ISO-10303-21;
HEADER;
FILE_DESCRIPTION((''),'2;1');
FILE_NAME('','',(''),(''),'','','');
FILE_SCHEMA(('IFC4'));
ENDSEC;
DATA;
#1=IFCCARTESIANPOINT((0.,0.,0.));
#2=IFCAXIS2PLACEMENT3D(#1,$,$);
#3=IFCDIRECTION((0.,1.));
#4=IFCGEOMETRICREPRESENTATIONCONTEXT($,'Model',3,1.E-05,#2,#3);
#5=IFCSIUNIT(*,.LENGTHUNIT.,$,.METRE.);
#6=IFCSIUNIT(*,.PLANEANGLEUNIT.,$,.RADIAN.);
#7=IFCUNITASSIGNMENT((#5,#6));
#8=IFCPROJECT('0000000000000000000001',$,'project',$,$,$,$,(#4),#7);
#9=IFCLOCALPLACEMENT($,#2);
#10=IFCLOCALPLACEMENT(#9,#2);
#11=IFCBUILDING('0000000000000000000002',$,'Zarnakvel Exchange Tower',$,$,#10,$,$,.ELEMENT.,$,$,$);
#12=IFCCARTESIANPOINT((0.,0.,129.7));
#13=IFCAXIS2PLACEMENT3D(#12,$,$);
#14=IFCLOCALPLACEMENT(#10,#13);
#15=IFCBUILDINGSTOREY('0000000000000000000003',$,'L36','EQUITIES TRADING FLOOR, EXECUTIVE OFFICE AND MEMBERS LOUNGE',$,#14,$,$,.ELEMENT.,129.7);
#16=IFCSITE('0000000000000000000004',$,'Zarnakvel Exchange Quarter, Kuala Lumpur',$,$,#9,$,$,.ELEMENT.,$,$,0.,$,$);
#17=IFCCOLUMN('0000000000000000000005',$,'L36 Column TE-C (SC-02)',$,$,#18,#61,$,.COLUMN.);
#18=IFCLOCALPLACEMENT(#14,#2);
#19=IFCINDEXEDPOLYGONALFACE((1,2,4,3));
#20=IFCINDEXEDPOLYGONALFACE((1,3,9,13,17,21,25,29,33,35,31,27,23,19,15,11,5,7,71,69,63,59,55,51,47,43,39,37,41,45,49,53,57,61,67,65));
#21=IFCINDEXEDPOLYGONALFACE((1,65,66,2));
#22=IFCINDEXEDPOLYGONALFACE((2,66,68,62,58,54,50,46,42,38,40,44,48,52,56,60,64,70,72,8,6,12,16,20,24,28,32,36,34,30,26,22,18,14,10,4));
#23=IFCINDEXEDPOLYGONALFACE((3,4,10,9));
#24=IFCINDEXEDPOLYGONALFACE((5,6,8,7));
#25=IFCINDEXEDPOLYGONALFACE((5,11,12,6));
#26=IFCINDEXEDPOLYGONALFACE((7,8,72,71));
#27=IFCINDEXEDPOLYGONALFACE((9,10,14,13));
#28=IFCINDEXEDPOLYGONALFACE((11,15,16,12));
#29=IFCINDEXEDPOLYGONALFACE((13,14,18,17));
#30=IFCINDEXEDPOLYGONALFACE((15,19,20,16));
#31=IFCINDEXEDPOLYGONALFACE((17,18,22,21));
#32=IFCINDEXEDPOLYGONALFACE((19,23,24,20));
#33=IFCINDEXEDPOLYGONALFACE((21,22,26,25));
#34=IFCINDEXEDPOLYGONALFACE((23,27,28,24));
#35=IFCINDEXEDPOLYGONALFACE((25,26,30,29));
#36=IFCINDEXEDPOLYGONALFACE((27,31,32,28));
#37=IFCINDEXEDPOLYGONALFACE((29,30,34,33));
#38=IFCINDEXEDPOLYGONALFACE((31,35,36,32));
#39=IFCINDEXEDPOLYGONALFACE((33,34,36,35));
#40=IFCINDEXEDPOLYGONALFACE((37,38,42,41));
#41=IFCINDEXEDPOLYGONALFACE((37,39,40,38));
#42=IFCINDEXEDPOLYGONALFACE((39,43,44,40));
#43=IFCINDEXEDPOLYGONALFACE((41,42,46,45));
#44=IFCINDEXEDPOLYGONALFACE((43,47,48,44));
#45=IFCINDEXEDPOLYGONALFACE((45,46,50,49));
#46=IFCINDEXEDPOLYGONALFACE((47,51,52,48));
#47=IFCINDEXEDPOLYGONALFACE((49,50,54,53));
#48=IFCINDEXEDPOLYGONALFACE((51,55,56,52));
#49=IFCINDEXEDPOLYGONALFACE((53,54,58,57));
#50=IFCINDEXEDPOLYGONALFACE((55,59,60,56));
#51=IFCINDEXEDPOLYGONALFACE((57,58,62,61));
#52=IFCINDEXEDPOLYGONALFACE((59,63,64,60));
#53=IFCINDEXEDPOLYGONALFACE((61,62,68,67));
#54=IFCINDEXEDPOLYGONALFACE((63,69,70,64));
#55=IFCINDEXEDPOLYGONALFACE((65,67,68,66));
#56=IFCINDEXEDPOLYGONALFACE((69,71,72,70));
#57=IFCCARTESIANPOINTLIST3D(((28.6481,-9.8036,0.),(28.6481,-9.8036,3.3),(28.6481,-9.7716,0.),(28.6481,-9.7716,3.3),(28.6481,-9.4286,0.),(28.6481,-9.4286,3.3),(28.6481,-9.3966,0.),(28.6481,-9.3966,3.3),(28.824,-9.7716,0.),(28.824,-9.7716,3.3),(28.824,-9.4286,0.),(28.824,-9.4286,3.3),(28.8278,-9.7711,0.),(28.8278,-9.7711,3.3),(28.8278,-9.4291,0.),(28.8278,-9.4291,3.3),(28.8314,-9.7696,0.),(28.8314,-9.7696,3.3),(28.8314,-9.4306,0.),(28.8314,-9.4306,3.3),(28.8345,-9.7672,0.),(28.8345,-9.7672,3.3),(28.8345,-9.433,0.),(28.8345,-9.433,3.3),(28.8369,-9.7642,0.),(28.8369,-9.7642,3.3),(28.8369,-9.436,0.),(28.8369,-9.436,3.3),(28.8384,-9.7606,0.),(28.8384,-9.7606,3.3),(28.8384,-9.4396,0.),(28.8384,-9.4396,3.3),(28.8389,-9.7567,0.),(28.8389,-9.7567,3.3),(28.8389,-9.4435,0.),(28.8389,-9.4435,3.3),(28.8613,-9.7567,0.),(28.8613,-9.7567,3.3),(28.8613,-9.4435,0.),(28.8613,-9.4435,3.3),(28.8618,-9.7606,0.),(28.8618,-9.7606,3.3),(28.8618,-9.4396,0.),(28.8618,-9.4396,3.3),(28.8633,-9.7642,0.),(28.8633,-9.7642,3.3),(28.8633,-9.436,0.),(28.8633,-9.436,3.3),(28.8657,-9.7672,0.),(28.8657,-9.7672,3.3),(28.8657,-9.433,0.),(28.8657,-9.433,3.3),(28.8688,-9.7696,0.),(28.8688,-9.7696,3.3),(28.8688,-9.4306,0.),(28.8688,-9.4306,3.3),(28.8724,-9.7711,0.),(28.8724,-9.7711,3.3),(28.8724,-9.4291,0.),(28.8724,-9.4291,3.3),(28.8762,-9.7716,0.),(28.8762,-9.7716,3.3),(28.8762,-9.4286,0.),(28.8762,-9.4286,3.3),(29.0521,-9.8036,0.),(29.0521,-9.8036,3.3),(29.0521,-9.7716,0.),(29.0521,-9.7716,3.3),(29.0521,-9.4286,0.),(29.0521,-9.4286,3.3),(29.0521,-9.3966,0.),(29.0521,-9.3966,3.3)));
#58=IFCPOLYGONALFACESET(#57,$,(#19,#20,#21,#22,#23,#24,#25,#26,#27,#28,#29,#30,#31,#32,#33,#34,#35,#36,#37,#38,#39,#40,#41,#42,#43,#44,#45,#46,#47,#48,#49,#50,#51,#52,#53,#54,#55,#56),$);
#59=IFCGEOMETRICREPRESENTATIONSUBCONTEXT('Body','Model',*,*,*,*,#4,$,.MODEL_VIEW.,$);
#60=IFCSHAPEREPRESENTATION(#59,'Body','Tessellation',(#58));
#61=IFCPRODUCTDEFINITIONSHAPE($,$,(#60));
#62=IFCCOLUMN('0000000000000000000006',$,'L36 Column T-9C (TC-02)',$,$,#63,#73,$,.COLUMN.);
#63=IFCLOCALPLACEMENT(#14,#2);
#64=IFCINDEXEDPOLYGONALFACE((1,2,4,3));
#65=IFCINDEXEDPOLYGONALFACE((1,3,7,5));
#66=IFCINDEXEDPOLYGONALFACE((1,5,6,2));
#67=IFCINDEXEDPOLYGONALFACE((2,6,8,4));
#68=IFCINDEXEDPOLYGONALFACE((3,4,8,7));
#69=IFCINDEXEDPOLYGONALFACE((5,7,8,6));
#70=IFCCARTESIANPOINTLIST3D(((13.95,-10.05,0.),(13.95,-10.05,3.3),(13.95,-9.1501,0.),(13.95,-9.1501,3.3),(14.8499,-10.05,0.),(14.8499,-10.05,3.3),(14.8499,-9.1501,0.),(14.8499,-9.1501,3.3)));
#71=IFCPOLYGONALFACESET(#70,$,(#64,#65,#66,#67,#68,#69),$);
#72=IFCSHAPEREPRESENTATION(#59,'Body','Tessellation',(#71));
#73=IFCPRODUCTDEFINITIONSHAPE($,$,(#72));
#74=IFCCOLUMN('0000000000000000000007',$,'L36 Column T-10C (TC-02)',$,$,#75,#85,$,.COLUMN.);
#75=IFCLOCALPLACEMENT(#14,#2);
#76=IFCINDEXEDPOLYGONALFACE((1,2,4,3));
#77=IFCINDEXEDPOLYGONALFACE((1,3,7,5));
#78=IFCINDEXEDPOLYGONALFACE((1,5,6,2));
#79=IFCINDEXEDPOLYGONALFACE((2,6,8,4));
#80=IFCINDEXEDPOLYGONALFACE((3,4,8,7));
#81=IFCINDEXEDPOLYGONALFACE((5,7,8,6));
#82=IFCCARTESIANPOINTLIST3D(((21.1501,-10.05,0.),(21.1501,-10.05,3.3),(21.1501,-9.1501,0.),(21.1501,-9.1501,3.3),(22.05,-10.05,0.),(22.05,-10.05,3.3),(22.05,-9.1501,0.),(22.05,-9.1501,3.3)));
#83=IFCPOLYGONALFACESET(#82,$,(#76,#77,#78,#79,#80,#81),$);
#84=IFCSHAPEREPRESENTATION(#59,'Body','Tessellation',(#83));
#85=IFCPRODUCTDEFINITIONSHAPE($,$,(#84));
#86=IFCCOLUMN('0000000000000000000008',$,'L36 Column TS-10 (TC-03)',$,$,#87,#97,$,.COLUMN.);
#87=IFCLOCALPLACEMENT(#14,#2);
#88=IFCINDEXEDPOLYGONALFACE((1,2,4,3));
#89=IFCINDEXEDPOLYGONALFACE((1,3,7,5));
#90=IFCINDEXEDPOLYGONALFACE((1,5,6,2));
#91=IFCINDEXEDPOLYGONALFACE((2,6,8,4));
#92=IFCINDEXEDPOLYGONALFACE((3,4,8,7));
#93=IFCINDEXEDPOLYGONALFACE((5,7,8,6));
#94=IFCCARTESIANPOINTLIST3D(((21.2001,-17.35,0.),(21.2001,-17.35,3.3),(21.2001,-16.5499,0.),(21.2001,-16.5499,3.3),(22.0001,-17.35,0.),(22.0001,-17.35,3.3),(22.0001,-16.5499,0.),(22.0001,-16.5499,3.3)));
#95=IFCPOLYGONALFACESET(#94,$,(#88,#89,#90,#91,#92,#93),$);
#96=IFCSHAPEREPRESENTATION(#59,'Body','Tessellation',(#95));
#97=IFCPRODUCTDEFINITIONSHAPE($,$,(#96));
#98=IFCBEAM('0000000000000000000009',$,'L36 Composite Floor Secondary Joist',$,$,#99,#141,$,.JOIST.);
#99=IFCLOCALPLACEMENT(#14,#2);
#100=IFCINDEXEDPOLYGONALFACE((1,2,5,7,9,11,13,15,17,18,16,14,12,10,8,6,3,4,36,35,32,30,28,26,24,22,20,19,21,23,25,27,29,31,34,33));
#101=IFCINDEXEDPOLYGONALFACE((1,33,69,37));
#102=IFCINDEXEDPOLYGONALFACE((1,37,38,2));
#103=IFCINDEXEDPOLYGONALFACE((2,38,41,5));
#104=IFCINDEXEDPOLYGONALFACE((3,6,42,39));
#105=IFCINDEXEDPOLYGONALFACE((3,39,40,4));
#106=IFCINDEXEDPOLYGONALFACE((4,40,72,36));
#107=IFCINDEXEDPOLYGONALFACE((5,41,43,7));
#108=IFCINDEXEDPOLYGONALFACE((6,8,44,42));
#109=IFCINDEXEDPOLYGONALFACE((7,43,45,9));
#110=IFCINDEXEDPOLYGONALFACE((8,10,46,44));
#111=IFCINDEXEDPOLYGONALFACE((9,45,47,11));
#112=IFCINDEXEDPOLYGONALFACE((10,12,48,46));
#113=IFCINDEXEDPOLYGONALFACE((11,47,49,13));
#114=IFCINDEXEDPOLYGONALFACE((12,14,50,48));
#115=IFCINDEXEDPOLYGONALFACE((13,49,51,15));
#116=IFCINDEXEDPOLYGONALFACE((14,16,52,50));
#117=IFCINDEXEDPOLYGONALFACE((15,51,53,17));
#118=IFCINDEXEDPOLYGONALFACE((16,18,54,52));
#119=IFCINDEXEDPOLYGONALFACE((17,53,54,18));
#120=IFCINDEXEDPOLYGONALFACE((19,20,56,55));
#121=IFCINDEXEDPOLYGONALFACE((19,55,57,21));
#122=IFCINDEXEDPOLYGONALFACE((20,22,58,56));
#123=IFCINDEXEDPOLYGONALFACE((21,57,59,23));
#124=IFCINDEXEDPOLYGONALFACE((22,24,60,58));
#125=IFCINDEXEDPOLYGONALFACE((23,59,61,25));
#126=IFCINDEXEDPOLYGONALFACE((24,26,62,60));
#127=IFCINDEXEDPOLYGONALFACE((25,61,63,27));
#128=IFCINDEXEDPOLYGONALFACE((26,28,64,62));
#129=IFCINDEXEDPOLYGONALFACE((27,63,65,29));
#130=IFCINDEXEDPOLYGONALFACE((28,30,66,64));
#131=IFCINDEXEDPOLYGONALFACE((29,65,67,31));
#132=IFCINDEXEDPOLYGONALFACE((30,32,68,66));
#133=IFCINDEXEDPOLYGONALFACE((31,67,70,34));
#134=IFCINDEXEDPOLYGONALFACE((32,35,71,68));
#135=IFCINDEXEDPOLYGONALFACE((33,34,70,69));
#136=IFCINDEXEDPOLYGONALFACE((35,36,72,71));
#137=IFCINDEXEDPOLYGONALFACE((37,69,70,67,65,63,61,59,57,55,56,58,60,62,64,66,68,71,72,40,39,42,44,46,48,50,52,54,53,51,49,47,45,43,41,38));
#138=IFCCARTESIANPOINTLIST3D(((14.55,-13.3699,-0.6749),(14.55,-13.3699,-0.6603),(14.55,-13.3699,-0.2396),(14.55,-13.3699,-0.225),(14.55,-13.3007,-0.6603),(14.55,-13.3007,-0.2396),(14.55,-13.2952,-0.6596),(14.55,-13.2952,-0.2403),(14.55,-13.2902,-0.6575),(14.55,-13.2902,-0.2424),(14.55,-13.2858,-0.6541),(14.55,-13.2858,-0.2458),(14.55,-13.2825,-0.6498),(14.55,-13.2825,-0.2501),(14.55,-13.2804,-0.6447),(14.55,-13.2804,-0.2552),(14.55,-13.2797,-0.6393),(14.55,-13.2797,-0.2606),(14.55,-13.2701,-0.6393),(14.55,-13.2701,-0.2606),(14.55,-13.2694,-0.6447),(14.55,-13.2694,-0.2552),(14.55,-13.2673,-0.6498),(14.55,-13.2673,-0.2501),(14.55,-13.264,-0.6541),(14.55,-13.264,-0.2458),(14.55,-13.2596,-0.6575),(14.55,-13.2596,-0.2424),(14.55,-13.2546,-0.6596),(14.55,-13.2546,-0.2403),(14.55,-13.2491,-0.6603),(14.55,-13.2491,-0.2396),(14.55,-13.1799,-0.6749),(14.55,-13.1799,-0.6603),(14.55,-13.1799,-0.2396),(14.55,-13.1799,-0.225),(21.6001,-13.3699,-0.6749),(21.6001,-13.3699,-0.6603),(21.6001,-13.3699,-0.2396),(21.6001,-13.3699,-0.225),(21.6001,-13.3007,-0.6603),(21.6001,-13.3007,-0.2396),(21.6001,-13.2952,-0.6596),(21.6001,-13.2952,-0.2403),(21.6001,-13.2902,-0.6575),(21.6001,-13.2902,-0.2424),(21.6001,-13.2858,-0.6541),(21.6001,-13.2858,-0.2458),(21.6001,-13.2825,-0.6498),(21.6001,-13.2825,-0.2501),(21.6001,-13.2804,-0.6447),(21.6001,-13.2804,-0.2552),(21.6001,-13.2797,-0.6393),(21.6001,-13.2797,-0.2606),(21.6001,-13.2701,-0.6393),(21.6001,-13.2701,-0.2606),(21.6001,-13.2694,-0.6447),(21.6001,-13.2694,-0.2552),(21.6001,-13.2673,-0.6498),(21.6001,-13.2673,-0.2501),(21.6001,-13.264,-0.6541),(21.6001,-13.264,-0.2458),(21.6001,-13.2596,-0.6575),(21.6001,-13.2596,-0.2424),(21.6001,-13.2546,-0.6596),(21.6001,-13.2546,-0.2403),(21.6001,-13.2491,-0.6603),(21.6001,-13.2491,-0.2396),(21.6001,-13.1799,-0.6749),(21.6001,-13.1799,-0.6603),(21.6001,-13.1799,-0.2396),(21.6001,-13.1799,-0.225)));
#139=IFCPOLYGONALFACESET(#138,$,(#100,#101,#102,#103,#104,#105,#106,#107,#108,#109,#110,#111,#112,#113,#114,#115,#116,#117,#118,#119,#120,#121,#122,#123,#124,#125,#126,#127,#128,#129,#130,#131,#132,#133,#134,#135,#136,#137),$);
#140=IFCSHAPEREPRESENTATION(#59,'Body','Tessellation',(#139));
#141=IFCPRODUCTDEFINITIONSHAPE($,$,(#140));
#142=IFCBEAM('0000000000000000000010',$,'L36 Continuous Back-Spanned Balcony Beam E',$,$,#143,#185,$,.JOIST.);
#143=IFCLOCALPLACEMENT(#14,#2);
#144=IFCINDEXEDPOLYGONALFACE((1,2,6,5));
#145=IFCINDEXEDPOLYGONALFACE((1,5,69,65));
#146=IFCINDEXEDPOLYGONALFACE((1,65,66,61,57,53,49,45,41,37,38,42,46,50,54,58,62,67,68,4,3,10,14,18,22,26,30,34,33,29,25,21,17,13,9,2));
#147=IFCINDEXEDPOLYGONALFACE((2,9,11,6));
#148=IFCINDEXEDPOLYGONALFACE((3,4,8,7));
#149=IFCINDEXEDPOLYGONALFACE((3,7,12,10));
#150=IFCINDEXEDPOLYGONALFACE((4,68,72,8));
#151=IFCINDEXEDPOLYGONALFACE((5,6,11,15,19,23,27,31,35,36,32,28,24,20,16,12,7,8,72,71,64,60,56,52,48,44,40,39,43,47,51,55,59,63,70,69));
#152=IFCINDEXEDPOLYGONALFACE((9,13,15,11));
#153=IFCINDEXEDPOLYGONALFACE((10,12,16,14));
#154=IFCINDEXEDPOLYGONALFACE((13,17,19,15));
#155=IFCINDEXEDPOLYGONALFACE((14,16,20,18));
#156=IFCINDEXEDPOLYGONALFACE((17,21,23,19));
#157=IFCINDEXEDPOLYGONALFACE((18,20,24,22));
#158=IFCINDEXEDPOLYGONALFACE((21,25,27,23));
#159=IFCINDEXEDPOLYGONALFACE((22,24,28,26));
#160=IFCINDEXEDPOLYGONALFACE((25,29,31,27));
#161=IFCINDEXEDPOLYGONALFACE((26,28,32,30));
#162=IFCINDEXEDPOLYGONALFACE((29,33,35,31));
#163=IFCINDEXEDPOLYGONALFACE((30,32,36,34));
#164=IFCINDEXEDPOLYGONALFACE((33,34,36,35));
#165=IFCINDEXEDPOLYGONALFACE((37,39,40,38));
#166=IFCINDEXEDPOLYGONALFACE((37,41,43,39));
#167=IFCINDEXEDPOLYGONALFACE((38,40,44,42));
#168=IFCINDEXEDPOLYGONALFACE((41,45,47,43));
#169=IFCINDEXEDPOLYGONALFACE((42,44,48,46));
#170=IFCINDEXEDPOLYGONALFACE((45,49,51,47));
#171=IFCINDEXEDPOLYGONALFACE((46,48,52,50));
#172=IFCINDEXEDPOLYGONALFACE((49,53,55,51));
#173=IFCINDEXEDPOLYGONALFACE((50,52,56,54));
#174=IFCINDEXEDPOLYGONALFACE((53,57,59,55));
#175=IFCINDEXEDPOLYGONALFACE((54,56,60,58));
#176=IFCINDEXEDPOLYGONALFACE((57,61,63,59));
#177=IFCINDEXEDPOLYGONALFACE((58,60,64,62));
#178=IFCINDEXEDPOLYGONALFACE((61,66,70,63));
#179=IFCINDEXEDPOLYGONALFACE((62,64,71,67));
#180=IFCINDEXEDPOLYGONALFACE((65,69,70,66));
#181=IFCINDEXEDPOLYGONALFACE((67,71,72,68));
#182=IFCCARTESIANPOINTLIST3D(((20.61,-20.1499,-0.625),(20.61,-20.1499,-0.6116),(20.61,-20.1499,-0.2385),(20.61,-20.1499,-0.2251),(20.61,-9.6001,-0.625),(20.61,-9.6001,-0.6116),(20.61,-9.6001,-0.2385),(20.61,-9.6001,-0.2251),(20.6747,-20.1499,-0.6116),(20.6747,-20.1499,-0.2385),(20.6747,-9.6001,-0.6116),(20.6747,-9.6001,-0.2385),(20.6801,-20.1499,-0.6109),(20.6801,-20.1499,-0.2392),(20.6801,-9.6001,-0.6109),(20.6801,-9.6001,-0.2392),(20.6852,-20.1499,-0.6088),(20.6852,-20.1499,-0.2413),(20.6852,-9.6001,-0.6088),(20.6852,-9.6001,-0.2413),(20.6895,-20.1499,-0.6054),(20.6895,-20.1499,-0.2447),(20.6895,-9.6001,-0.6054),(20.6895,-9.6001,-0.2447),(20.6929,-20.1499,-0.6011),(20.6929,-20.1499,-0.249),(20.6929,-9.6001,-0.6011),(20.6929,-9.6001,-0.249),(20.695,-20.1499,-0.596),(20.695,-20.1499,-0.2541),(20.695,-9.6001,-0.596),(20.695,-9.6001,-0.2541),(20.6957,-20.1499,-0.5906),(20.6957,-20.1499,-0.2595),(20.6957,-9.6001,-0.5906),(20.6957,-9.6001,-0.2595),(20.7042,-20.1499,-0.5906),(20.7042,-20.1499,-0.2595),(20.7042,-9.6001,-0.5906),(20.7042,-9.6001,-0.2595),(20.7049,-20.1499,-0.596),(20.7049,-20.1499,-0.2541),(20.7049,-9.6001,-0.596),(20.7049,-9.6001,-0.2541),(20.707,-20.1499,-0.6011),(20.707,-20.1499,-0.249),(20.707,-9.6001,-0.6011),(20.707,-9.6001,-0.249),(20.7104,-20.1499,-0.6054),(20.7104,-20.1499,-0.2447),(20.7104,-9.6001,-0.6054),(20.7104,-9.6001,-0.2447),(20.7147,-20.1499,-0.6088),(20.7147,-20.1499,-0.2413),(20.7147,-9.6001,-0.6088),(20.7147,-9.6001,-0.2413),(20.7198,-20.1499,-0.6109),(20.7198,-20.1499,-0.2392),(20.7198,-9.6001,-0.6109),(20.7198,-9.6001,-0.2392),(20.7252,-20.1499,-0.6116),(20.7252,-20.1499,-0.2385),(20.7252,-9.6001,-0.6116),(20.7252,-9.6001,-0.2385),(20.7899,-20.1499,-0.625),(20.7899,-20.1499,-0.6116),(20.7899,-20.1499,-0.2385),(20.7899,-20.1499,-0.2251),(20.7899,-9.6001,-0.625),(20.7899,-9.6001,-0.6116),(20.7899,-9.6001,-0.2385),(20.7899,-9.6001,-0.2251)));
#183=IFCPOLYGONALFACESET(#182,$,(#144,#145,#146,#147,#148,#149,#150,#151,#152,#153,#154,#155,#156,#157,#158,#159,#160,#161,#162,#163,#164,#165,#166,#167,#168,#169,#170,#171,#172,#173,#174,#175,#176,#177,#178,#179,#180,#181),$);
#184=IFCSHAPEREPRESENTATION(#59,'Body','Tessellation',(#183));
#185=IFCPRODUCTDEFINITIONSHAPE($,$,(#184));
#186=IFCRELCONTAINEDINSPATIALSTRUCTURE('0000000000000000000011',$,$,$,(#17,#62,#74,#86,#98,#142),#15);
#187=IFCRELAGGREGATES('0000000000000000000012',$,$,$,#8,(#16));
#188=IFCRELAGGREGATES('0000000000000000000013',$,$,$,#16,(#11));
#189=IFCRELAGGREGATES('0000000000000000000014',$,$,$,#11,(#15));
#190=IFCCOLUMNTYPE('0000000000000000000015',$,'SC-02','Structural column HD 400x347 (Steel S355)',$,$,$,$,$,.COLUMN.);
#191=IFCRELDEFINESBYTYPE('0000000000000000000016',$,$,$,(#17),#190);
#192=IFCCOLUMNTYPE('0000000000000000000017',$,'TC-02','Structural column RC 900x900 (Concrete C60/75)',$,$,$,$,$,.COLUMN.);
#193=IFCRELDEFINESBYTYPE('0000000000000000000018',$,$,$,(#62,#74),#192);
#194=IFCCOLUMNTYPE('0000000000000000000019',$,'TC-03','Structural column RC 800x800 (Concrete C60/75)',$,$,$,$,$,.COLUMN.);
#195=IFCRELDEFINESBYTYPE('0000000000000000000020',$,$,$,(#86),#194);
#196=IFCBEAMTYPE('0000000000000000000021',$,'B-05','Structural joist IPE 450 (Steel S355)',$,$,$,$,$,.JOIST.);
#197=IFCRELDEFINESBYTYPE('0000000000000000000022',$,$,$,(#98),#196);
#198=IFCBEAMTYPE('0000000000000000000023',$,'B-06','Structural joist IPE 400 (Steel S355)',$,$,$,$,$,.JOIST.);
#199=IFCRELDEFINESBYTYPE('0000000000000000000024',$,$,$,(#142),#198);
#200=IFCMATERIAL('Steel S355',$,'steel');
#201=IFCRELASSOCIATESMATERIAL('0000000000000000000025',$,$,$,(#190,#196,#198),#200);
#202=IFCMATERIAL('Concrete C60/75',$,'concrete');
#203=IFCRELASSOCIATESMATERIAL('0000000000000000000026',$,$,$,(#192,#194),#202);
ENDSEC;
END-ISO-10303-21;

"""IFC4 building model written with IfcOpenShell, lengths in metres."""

from ifc_helpers import new_model, si_unit, direction, frame, origin, origin_2d, place, context, subcontext, project, spatial, rectangle, i_section, extrude, material, material_profile, profile_set, type_object, element, save


model = new_model("IFC4")

# Units and contexts
model_context = context("Model", 3, precision=1e-05, world=origin(), true_north=direction((0.0, 1.0)))
body_context = subcontext(model_context, "Body", "Model", "MODEL_VIEW")
ifc_project = project(units=[si_unit("LENGTHUNIT", "METRE"), si_unit("PLANEANGLEUNIT", "RADIAN")], contexts=[model_context])

# Site, building, storey
site_placement = place(None, origin())
site = spatial("IfcSite", under=ifc_project, at=site_placement, Name="Zarnakvel Exchange Quarter, Kuala Lumpur", CompositionType="ELEMENT", RefElevation=0.0)
building_placement = place(site_placement, origin())
building = spatial("IfcBuilding", under=site, at=building_placement, Name="Zarnakvel Exchange Tower", CompositionType="ELEMENT")
storey_placement = place(building_placement, frame((0.0, 0.0, 129.7)))
storey = spatial("IfcBuildingStorey", under=building, at=storey_placement, Name="L36", Description="EQUITIES TRADING FLOOR, EXECUTIVE OFFICE AND MEMBERS LOUNGE", CompositionType="ELEMENT", Elevation=129.7)

# Columns
ifc_material_1 = material(Name="Steel S355", Category="steel")
ifc_material_profile_1 = material_profile(ifc_material_1, i_section(OverallWidth=0.4041, OverallDepth=0.407, WebThickness=0.0225, FlangeThickness=0.032, FilletRadius=0.0149, at=origin_2d()))
ifc_profile_set_1 = profile_set([ifc_material_profile_1], Name="Steel S355")
column_type_1 = type_object("IfcColumnType", Name="SC-02", Description="Structural column HD 400x347 (Steel S355)", PredefinedType="COLUMN", material=ifc_profile_set_1)
column_1_placement = place(storey_placement, frame((28.8501, -9.6001, 0.0), z_axis=(0.0, 0.0, 1.0), x_axis=(1.0, 0.0, 0.0)))
element("IfcColumn", 1, at=column_1_placement, inside=storey, type_object=column_type_1, Name="L36 Column TE-C (SC-02)", PredefinedType="COLUMN", context=body_context, shape_type="SweptSolid", body=[
    extrude(i_section(OverallWidth=0.4041, OverallDepth=0.407, WebThickness=0.0225, FlangeThickness=0.032, FilletRadius=0.0149, at=origin_2d()), origin(), (0.0, 0.0, 1.0), 3.3),
])
ifc_material_2 = material(Name="Concrete C60/75", Category="concrete")
ifc_material_profile_2 = material_profile(ifc_material_2, rectangle(XDim=0.8999, YDim=0.8999, at=origin_2d()))
ifc_profile_set_2 = profile_set([ifc_material_profile_2], Name="Concrete C60/75")
column_type_2 = type_object("IfcColumnType", Name="TC-02", Description="Structural column RC 900x900 (Concrete C60/75)", PredefinedType="COLUMN", material=ifc_profile_set_2)
for number, where, z_axis, x_axis, name in (
    (2, (14.3999, -9.6001, 0.0), (0.0, 0.0, 1.0), (1.0, 0.0, 0.0), "L36 Column T-9C (TC-02)"),
    (3, (21.6001, -9.6001, 0.0), (0.0, 0.0, 1.0), (1.0, 0.0, 0.0), "L36 Column T-10C (TC-02)"),
):
    element("IfcColumn", number, at=place(storey_placement, frame(where, z_axis=z_axis, x_axis=x_axis)), inside=storey, type_object=column_type_2, Name=name, PredefinedType="COLUMN", context=body_context, shape_type="SweptSolid", body=[
        extrude(rectangle(XDim=0.8999, YDim=0.8999, at=origin_2d()), origin(), (0.0, 0.0, 1.0), 3.3),
    ])
ifc_material_profile_3 = material_profile(ifc_material_2, rectangle(XDim=0.8, YDim=0.8, at=origin_2d()))
ifc_profile_set_3 = profile_set([ifc_material_profile_3], Name="Concrete C60/75")
column_type_3 = type_object("IfcColumnType", Name="TC-03", Description="Structural column RC 800x800 (Concrete C60/75)", PredefinedType="COLUMN", material=ifc_profile_set_3)
column_2_placement = place(storey_placement, frame((21.6001, -16.95, 0.0), z_axis=(0.0, 0.0, 1.0), x_axis=(1.0, 0.0, 0.0)))
element("IfcColumn", 4, at=column_2_placement, inside=storey, type_object=column_type_3, Name="L36 Column TS-10 (TC-03)", PredefinedType="COLUMN", context=body_context, shape_type="SweptSolid", body=[
    extrude(rectangle(XDim=0.8, YDim=0.8, at=origin_2d()), origin(), (0.0, 0.0, 1.0), 3.3),
])

# Beams
ifc_material_profile_4 = material_profile(ifc_material_1, i_section(OverallWidth=0.1899, OverallDepth=0.45, WebThickness=0.0095, FlangeThickness=0.0146, FilletRadius=0.021, at=origin_2d()))
ifc_profile_set_4 = profile_set([ifc_material_profile_4], Name="Steel S355")
beam_type_1 = type_object("IfcBeamType", Name="B-05", Description="Structural joist IPE 450 (Steel S355)", PredefinedType="JOIST", material=ifc_profile_set_4)
beam_1_placement = place(storey_placement, frame((14.55, -13.2749, -0.45), z_axis=(1.0, 0.0, 0.0), x_axis=(0.0, 1.0, 0.0)))
element("IfcBeam", 5, at=beam_1_placement, inside=storey, type_object=beam_type_1, Name="L36 Composite Floor Secondary Joist", PredefinedType="JOIST", context=body_context, shape_type="SweptSolid", body=[
    extrude(i_section(OverallWidth=0.1899, OverallDepth=0.45, WebThickness=0.0095, FlangeThickness=0.0146, FilletRadius=0.021, at=origin_2d()), origin(), (0.0, 0.0, 1.0), 7.05),
])
ifc_material_profile_5 = material_profile(ifc_material_1, i_section(OverallWidth=0.1799, OverallDepth=0.3999, WebThickness=0.0085, FlangeThickness=0.0134, FilletRadius=0.021, at=origin_2d()))
ifc_profile_set_5 = profile_set([ifc_material_profile_5], Name="Steel S355")
beam_type_2 = type_object("IfcBeamType", Name="B-06", Description="Structural joist IPE 400 (Steel S355)", PredefinedType="JOIST", material=ifc_profile_set_5)
beam_2_placement = place(storey_placement, frame((20.7, -9.6001, -0.425), z_axis=(0.0, -1.0, 0.0), x_axis=(1.0, 0.0, 0.0)))
element("IfcBeam", 6, at=beam_2_placement, inside=storey, type_object=beam_type_2, Name="L36 Continuous Back-Spanned Balcony Beam E", PredefinedType="JOIST", context=body_context, shape_type="SweptSolid", body=[
    extrude(i_section(OverallWidth=0.1799, OverallDepth=0.3999, WebThickness=0.0085, FlangeThickness=0.0134, FilletRadius=0.021, at=origin_2d()), origin(), (0.0, 0.0, 1.0), 10.5498),
])

save(model, "model.ifc")
